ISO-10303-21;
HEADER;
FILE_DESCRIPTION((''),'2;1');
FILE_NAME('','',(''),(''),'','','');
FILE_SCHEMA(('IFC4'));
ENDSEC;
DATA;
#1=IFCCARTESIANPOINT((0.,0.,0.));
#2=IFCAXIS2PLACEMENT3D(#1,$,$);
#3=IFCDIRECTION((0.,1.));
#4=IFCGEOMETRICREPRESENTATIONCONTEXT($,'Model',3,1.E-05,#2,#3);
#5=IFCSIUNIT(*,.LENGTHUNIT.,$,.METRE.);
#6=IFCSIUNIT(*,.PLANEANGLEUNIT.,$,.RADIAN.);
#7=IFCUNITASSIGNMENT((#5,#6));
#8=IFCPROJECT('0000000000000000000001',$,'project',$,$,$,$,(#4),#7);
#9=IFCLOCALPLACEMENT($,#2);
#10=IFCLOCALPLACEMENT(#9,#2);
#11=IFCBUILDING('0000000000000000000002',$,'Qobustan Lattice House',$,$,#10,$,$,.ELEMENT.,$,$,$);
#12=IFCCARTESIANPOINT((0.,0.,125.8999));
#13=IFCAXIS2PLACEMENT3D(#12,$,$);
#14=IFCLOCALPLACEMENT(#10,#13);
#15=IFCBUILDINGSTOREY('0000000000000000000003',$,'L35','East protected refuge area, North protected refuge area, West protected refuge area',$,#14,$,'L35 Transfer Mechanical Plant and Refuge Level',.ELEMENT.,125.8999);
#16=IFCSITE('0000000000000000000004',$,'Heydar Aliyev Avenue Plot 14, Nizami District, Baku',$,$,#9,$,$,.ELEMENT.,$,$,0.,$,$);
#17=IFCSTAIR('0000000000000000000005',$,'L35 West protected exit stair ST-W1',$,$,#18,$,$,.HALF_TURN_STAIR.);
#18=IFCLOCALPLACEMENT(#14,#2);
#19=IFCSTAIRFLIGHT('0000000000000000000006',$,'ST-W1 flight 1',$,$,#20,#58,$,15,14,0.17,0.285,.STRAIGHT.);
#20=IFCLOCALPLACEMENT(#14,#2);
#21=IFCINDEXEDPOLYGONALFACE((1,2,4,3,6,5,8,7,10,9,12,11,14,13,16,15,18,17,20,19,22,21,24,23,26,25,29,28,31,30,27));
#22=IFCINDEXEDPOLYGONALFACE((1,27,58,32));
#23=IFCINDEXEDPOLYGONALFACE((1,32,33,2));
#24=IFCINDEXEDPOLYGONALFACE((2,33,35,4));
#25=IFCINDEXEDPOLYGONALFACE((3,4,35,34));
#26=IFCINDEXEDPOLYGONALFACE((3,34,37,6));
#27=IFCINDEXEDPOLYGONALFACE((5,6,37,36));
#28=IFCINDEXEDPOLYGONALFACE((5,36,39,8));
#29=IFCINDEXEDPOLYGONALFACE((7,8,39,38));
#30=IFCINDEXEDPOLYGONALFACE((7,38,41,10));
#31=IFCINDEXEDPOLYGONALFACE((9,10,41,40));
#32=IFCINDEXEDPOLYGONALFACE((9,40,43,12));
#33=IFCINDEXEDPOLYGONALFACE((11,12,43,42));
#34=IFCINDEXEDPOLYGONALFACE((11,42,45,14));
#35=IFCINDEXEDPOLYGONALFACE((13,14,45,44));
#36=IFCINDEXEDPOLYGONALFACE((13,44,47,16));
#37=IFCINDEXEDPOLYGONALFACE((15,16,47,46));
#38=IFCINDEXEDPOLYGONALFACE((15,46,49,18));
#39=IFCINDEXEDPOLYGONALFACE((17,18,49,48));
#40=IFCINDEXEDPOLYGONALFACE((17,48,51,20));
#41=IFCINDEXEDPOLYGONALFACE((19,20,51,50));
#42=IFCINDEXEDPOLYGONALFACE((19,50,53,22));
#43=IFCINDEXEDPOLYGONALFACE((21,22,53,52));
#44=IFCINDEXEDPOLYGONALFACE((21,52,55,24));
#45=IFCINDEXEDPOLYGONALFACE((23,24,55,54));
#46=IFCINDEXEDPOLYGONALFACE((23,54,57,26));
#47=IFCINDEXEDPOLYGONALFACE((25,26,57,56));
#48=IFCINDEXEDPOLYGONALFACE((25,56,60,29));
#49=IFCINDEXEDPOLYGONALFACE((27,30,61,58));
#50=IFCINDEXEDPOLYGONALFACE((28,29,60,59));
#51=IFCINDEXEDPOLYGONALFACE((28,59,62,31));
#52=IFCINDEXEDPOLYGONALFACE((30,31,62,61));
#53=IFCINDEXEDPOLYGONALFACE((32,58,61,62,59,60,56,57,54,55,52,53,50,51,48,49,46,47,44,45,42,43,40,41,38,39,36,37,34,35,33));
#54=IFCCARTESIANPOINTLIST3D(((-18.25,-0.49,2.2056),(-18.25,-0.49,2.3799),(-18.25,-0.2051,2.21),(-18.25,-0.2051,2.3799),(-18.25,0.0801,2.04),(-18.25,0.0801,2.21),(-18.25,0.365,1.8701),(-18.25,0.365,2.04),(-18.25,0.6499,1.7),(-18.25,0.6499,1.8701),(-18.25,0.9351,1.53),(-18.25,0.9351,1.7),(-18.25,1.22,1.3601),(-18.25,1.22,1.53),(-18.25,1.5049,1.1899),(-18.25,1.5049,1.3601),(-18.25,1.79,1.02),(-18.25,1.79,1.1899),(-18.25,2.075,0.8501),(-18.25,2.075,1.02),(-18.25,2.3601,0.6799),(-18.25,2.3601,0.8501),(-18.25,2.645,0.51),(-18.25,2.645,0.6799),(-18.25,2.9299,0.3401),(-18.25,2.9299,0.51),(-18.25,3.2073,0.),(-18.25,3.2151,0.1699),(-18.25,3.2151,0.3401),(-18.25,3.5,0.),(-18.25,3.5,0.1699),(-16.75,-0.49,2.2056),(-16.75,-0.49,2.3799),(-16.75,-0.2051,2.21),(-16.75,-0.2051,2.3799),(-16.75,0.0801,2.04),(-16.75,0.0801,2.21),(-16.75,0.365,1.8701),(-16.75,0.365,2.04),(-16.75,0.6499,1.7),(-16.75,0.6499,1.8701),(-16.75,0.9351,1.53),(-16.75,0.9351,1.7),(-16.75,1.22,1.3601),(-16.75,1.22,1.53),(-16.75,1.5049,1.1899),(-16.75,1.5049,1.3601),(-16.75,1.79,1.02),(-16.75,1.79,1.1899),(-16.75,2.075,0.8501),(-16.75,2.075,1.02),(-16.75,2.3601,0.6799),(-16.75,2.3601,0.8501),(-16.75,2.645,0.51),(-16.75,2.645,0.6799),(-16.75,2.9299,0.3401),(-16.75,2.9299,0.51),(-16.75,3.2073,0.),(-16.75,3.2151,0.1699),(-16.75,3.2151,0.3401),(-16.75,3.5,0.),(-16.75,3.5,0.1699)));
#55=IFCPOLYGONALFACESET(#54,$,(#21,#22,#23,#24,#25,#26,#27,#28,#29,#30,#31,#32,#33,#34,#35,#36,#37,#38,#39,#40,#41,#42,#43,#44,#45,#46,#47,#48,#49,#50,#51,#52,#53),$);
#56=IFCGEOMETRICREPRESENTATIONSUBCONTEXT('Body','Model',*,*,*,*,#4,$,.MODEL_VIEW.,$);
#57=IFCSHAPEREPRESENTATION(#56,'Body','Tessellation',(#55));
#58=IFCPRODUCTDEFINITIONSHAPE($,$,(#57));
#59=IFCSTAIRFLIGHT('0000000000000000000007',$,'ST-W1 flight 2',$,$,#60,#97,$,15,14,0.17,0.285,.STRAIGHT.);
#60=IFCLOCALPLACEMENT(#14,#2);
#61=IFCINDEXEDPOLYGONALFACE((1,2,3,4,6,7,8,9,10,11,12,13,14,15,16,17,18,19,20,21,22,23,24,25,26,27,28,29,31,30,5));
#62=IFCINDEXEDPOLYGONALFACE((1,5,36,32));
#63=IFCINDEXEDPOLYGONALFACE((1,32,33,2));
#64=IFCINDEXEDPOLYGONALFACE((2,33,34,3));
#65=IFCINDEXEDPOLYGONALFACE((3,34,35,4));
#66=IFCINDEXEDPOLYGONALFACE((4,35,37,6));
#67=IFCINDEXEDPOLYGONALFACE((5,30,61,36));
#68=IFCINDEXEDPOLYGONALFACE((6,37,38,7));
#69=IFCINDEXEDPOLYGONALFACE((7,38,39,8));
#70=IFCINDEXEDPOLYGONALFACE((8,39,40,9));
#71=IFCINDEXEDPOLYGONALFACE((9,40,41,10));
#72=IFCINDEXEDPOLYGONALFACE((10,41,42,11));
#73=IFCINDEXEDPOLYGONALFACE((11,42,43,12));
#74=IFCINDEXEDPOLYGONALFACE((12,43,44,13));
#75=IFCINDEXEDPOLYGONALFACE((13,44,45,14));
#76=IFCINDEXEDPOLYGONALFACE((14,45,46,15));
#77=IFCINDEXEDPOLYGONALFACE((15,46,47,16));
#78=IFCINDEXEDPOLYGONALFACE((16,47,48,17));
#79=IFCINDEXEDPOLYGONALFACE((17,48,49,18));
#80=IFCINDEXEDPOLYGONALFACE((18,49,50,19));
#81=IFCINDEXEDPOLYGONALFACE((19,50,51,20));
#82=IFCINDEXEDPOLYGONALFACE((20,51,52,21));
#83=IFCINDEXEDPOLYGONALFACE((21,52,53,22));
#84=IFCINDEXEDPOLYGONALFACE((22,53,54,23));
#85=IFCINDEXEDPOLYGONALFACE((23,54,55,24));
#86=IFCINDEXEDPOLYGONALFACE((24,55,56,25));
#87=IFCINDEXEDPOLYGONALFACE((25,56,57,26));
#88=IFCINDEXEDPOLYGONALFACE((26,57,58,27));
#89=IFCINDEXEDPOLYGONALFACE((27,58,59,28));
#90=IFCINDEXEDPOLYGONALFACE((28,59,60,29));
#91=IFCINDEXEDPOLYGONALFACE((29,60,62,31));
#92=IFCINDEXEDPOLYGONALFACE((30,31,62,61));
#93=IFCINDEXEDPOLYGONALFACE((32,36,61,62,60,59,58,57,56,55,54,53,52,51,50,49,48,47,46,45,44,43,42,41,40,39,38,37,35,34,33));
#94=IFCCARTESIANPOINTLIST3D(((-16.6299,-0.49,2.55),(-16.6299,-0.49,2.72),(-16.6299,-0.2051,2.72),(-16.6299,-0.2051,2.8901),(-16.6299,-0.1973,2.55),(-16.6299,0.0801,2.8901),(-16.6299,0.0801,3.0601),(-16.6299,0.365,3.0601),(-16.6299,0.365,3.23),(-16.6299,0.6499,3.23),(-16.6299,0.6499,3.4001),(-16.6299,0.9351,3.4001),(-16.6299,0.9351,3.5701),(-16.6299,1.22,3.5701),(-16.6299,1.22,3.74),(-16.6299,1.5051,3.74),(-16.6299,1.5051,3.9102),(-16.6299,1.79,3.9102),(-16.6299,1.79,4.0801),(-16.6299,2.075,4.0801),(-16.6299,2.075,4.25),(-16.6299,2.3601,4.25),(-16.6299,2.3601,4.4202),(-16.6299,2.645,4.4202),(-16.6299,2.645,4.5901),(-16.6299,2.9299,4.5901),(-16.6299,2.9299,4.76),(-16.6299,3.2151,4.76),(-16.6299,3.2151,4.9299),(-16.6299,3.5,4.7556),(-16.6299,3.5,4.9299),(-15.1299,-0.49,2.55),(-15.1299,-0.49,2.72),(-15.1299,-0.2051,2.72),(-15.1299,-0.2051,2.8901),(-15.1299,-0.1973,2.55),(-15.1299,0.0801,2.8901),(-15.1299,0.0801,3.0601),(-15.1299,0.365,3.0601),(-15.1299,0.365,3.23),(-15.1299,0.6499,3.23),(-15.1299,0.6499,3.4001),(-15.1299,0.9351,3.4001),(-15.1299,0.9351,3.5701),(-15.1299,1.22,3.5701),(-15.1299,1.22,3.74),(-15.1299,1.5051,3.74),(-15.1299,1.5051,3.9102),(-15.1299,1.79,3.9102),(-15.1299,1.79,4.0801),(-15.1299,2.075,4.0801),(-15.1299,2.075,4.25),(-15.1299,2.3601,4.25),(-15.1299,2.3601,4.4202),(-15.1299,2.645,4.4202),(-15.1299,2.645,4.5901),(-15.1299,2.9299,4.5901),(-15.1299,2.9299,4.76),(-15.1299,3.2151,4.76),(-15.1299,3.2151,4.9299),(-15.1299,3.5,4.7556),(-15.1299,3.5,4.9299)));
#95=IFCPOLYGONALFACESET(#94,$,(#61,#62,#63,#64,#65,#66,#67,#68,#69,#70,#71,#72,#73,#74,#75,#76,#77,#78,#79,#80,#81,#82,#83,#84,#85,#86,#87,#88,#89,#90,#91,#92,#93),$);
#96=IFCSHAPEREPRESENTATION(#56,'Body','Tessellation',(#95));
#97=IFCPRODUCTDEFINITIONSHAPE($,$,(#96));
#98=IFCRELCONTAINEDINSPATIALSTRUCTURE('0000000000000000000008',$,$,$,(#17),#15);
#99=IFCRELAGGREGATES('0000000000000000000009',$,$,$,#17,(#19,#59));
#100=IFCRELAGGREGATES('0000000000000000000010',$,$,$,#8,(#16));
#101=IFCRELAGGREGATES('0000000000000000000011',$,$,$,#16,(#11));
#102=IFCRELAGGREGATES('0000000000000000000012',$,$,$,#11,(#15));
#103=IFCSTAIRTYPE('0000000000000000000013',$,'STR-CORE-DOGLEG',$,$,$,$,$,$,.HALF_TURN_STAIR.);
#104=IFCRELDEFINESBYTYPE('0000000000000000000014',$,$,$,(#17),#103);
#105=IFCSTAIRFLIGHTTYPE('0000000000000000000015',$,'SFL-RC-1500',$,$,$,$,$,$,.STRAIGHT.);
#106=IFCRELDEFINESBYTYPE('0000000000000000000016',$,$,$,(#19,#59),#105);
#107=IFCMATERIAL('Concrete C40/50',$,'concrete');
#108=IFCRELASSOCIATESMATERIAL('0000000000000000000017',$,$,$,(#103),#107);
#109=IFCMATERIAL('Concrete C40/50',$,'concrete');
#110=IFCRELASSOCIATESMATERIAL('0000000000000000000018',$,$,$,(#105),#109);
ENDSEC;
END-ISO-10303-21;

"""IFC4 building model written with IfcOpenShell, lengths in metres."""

from ifc_helpers import new_model, si_unit, direction, frame, origin, place, context, subcontext, project, spatial, polyline, outline, extrude, material, type_object, element, aggregate, save


model = new_model("IFC4")

# Units and contexts
model_context = context("Model", 3, precision=1e-05, world=origin(), true_north=direction((0.0, 1.0)))
body_context = subcontext(model_context, "Body", "Model", "MODEL_VIEW")
ifc_project = project(units=[si_unit("LENGTHUNIT", "METRE"), si_unit("PLANEANGLEUNIT", "RADIAN")], contexts=[model_context])

# Site, building, storey
site_placement = place(None, origin())
site = spatial("IfcSite", under=ifc_project, at=site_placement, Name="Heydar Aliyev Avenue Plot 14, Nizami District, Baku", CompositionType="ELEMENT", RefElevation=0.0)
building_placement = place(site_placement, origin())
building = spatial("IfcBuilding", under=site, at=building_placement, Name="Qobustan Lattice House", CompositionType="ELEMENT")
storey_placement = place(building_placement, frame((0.0, 0.0, 125.8999)))
storey = spatial("IfcBuildingStorey", under=building, at=storey_placement, Name="L35", Description="East protected refuge area, North protected refuge area, West protected refuge area", LongName="L35 Transfer Mechanical Plant and Refuge Level", CompositionType="ELEMENT", Elevation=125.8999)

# Stair, stair flights
ifc_material_1 = material(Name="Concrete C40/50", Category="concrete")
stair_type = type_object("IfcStairType", Name="STR-CORE-DOGLEG", PredefinedType="HALF_TURN_STAIR", material=ifc_material_1)
stair_placement = place(storey_placement, origin())
stair = element("IfcStair", 1, at=stair_placement, inside=storey, type_object=stair_type, Name="L35 West protected exit stair ST-W1", PredefinedType="HALF_TURN_STAIR")
ifc_material_2 = material(Name="Concrete C40/50", Category="concrete")
stair_flight_type = type_object("IfcStairFlightType", Name="SFL-RC-1500", PredefinedType="STRAIGHT", material=ifc_material_2)
stair_flight_1_placement = place(storey_placement, frame((-17.5, 3.5, 0.0), z_axis=(0.0, 0.0, 1.0), x_axis=(0.0, -1.0, 0.0)))
stair_flight_1 = element("IfcStairFlight", 2, at=stair_flight_1_placement, type_object=stair_flight_type, Name="ST-W1 flight 1", NumberOfRisers=15, NumberOfTreads=14, PredefinedType="STRAIGHT", RiserHeight=0.17, TreadLength=0.285, context=body_context, shape_type="SweptSolid", body=[
    extrude(outline(polyline([(0.0, 0.0), (0.0, 0.1699), (0.2849, 0.1699), (0.2849, 0.3401), (0.5701, 0.3401), (0.5701, 0.51), (0.855, 0.51), (0.855, 0.6799), (1.1399, 0.6799), (1.1399, 0.8501), (1.425, 0.8501), (1.425, 1.02), (1.71, 1.02), (1.71, 1.1899), (1.9951, 1.1899), (1.9951, 1.3601), (2.28, 1.3601), (2.28, 1.53), (2.5649, 1.53), (2.5649, 1.7), (2.8501, 1.7), (2.8501, 1.8701), (3.135, 1.8701), (3.135, 2.04), (3.4199, 2.04), (3.4199, 2.21), (3.7051, 2.21), (3.7051, 2.3799), (3.99, 2.3799), (3.99, 2.55), (3.99, 2.2056), (0.2927, 0.0), (0.0, 0.0)])), frame((0.0, 0.75, 0.0), z_axis=(0.0, -1.0, 0.0), x_axis=(1.0, 0.0, 0.0)), (0.0, 0.0, 1.0), 1.5),
])
stair_flight_2_placement = place(storey_placement, frame((-15.8799, -0.49, 2.55), z_axis=(0.0, 0.0, 1.0), x_axis=(0.0, 1.0, 0.0)))
stair_flight_2 = element("IfcStairFlight", 3, at=stair_flight_2_placement, type_object=stair_flight_type, Name="ST-W1 flight 2", NumberOfRisers=15, NumberOfTreads=14, PredefinedType="STRAIGHT", RiserHeight=0.17, TreadLength=0.285, context=body_context, shape_type="SweptSolid", body=[
    extrude(outline(polyline([(0.0, 0.0), (0.0, 0.1699), (0.2849, 0.1699), (0.2849, 0.3401), (0.5701, 0.3401), (0.5701, 0.51), (0.855, 0.51), (0.855, 0.6799), (1.1399, 0.6799), (1.1399, 0.8501), (1.425, 0.8501), (1.425, 1.02), (1.71, 1.02), (1.71, 1.1899), (1.9951, 1.1899), (1.9951, 1.3601), (2.28, 1.3601), (2.28, 1.53), (2.5649, 1.53), (2.5649, 1.7), (2.8501, 1.7), (2.8501, 1.8701), (3.135, 1.8701), (3.135, 2.04), (3.4199, 2.04), (3.4199, 2.21), (3.7051, 2.21), (3.7051, 2.3799), (3.99, 2.3799), (3.99, 2.55), (3.99, 2.2056), (0.2927, 0.0), (0.0, 0.0)])), frame((0.0, 0.75, 0.0), z_axis=(0.0, -1.0, 0.0), x_axis=(1.0, 0.0, 0.0)), (0.0, 0.0, 1.0), 1.5),
])
aggregate(stair, [stair_flight_1, stair_flight_2])

save(model, "model.ifc")
